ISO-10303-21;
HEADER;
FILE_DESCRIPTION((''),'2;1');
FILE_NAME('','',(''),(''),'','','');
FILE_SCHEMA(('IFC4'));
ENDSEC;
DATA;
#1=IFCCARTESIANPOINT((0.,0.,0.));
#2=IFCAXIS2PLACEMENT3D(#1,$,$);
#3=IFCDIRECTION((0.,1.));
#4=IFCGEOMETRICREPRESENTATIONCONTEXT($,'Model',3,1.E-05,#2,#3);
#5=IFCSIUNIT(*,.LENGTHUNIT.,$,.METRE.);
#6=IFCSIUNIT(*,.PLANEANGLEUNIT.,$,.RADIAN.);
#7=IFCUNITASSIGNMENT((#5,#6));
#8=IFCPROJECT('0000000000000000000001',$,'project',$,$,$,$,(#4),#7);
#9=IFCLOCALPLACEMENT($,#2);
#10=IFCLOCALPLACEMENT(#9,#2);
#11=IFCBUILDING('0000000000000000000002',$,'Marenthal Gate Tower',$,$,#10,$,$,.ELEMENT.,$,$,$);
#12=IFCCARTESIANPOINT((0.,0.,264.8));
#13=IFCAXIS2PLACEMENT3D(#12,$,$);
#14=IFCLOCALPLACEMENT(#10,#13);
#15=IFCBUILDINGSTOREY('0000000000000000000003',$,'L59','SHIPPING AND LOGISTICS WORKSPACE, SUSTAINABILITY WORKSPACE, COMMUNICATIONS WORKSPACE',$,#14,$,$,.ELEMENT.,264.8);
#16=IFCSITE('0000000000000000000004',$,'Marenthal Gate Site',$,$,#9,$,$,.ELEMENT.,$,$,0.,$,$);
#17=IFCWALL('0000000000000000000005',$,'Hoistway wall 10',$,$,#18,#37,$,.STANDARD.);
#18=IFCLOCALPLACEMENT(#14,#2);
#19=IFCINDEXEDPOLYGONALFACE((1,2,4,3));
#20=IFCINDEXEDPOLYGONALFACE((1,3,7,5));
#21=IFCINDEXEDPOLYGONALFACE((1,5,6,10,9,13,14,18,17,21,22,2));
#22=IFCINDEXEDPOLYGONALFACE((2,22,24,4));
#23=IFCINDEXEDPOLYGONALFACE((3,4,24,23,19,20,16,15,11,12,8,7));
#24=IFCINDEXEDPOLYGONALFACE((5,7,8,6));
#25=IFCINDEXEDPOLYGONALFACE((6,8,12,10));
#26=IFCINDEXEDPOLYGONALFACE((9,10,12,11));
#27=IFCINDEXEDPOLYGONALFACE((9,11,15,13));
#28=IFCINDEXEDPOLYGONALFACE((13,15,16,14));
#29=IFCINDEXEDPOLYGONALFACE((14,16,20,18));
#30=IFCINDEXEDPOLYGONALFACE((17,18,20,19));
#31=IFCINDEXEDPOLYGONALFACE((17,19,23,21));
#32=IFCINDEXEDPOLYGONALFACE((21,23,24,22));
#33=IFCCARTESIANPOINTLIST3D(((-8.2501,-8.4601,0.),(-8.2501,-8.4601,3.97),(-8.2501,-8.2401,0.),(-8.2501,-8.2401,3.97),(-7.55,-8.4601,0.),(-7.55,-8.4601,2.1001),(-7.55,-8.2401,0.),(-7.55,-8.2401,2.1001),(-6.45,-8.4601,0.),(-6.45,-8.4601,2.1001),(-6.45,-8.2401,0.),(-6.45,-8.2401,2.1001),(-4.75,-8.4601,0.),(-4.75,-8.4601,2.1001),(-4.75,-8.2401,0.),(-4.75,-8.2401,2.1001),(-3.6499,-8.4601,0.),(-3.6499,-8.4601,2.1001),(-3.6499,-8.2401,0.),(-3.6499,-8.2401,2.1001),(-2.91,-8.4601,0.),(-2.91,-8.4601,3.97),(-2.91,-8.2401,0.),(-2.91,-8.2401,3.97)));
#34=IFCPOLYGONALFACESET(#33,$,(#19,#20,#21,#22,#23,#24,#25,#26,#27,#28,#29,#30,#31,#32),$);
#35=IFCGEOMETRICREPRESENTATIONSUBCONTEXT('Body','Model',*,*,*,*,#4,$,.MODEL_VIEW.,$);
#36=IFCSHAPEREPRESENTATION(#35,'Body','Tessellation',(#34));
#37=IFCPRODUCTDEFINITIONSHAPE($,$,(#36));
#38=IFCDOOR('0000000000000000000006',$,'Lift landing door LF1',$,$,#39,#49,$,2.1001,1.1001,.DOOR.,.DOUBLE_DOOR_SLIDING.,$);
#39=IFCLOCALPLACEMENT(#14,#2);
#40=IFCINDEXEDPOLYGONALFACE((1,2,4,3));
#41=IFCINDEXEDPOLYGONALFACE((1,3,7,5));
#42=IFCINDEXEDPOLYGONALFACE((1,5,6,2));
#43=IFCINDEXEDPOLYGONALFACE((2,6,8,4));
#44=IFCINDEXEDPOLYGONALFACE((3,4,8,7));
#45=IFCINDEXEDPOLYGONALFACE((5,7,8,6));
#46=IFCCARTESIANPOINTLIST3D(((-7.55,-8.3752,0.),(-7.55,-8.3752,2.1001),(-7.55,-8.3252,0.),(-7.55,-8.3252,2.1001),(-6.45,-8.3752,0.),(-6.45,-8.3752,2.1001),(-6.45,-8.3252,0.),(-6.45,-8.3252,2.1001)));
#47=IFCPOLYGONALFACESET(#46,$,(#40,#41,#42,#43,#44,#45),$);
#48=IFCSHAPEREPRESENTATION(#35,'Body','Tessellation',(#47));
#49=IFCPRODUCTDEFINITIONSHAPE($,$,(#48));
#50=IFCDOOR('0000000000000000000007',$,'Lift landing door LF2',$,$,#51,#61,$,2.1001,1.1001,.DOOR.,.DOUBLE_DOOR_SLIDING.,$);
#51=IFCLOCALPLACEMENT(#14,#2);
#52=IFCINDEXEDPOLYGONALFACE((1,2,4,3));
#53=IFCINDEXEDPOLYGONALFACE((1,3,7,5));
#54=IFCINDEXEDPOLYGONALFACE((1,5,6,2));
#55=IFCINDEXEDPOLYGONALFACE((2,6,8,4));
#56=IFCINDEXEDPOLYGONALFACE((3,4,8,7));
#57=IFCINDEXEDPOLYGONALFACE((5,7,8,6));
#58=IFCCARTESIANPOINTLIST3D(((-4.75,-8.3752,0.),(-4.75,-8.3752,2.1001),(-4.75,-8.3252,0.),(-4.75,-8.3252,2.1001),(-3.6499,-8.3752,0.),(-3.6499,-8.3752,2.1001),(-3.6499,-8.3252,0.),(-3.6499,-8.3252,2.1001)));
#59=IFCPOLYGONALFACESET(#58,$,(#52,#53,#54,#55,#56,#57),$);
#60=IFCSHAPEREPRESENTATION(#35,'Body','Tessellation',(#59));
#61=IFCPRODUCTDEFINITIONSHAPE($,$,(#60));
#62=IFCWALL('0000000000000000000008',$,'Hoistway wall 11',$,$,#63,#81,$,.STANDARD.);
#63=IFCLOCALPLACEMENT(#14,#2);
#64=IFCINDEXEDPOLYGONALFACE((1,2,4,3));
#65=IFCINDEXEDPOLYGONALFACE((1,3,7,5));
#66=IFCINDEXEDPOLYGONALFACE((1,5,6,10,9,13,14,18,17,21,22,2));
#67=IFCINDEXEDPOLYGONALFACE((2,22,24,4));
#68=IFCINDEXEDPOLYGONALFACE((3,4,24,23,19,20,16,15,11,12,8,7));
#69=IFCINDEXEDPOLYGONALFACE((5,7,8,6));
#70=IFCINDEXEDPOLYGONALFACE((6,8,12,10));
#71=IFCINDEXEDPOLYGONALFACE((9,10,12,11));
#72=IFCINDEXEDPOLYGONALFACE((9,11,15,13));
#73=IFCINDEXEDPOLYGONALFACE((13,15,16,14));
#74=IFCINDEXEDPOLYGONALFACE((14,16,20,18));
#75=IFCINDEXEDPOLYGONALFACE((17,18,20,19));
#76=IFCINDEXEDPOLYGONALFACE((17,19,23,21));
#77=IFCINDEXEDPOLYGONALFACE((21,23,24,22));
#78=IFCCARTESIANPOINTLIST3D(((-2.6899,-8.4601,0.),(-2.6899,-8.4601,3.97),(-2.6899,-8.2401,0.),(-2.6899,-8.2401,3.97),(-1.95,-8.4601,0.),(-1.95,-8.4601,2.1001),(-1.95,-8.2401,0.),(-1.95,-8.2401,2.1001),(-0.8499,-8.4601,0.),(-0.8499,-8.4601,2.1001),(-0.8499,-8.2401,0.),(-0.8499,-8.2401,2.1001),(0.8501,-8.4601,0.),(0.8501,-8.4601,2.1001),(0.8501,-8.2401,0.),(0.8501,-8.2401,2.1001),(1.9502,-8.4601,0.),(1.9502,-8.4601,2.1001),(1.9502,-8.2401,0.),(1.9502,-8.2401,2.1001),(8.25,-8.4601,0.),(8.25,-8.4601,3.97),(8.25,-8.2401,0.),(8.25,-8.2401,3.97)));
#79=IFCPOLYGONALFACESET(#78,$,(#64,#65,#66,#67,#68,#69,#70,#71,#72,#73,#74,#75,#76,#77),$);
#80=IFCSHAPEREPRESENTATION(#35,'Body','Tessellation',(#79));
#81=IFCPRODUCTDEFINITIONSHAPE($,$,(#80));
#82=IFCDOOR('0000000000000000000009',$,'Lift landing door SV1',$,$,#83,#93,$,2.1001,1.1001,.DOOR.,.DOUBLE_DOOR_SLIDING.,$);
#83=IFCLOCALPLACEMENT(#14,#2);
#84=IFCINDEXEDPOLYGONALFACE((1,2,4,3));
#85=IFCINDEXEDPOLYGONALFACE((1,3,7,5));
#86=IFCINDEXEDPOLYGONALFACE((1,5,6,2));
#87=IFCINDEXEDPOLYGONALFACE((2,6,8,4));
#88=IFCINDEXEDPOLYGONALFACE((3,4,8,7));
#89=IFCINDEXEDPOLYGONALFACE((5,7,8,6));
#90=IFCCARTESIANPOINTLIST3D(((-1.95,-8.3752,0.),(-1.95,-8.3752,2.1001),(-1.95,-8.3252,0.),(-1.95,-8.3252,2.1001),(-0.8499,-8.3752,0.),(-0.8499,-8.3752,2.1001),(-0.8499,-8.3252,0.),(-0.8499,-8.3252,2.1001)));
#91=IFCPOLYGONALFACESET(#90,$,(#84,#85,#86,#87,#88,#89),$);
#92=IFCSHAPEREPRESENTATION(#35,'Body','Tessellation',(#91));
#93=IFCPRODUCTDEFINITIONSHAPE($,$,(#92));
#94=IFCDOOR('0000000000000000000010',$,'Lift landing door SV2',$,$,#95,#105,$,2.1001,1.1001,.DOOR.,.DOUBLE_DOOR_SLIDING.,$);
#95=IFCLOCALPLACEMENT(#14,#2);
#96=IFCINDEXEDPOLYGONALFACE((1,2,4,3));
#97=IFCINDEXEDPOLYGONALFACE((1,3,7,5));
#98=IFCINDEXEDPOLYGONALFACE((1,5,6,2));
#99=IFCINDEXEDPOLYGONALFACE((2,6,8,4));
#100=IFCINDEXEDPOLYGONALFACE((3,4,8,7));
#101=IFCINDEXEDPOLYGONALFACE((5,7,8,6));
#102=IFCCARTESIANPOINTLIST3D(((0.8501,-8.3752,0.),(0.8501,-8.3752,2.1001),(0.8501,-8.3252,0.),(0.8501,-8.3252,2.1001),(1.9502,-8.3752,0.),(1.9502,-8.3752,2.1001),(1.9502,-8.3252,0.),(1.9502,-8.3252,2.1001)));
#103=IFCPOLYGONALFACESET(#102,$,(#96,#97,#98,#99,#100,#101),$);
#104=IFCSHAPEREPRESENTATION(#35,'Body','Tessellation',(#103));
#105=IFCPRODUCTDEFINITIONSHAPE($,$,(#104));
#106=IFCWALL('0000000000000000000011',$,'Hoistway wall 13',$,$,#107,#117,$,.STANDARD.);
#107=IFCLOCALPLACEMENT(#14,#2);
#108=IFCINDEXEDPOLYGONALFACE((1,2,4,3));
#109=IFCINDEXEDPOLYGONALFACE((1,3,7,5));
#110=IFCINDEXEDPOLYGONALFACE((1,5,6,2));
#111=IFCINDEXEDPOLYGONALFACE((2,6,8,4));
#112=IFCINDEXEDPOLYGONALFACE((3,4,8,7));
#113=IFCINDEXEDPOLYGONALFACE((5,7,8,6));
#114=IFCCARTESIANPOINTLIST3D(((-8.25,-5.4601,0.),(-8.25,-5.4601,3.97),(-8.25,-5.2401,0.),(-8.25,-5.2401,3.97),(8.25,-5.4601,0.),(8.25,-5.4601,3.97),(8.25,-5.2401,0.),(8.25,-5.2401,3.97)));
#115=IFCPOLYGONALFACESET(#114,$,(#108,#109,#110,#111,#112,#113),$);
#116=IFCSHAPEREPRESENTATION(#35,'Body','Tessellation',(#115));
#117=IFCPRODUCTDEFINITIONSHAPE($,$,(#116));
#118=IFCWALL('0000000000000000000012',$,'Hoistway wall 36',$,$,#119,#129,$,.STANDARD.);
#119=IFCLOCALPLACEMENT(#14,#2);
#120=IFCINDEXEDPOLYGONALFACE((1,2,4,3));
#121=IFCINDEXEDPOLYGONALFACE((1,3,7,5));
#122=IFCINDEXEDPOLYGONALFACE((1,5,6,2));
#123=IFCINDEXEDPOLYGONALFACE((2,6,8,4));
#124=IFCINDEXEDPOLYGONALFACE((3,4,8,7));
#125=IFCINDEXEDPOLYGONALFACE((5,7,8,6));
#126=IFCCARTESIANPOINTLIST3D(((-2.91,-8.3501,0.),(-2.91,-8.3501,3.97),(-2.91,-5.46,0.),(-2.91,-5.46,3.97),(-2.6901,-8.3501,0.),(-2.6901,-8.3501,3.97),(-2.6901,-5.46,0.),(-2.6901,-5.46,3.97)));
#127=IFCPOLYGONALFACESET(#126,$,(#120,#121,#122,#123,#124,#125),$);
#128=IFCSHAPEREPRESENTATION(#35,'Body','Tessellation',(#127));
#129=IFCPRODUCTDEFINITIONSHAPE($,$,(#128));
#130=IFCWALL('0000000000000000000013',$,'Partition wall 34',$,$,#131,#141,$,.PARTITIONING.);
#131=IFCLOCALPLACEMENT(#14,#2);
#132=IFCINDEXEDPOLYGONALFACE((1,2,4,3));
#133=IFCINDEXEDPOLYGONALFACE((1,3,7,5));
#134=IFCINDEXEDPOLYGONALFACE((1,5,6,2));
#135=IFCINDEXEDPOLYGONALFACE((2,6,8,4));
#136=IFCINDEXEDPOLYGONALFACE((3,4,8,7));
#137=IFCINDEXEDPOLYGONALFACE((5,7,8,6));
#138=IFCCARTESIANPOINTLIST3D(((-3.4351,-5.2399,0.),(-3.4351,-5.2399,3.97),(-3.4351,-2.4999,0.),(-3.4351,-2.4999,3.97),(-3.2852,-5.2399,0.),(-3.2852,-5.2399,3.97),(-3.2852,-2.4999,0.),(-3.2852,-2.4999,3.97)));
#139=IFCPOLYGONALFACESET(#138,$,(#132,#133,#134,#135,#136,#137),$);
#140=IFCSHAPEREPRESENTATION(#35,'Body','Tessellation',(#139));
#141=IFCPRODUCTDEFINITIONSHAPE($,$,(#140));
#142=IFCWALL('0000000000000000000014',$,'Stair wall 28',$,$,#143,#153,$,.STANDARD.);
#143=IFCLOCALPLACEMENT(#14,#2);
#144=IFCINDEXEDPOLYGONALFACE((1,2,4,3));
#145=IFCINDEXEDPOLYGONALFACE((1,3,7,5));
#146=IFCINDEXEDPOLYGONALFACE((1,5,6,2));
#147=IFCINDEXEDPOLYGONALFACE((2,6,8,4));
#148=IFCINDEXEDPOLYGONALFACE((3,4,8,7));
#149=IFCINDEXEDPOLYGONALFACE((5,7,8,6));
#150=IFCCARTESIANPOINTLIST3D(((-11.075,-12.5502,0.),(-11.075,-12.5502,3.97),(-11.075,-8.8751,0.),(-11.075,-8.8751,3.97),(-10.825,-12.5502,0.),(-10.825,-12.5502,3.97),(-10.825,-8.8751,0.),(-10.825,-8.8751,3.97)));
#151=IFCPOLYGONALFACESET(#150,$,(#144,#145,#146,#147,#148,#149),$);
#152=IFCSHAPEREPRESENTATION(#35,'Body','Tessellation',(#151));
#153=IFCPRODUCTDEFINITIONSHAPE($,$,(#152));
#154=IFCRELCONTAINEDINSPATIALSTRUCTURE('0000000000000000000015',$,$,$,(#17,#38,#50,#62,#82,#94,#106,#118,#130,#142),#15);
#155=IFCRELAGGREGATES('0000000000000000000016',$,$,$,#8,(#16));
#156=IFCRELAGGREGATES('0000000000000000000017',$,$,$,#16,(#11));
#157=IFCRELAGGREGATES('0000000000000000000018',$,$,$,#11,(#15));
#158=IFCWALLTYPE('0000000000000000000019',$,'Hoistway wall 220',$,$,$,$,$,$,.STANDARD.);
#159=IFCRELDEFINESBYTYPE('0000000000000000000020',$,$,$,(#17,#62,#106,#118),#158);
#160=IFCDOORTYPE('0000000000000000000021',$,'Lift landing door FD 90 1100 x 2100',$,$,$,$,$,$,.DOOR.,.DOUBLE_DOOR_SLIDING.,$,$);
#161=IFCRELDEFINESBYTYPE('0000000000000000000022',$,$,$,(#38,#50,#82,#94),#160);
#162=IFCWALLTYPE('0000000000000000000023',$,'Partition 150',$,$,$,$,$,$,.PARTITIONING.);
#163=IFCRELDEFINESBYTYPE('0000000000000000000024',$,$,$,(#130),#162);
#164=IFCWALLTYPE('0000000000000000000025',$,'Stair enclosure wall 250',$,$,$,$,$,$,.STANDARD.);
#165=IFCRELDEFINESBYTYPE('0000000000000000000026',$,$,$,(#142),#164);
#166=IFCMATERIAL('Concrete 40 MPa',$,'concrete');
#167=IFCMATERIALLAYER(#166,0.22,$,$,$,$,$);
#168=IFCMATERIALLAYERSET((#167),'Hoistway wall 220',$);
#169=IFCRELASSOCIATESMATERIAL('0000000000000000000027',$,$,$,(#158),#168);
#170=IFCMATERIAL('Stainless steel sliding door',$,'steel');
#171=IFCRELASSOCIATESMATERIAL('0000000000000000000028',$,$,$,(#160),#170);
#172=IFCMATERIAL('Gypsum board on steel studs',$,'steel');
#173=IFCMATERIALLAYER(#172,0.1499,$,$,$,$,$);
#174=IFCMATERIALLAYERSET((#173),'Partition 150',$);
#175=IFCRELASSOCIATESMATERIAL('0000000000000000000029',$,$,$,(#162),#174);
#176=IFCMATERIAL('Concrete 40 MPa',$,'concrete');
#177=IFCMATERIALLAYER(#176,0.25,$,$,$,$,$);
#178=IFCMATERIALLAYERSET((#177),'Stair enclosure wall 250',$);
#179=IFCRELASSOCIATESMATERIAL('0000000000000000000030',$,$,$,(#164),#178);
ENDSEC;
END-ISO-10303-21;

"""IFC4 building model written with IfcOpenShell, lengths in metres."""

from ifc_helpers import new_model, si_unit, direction, frame, frame_2d, origin, place, context, subcontext, project, spatial, rectangle, extrude, material, layer, layer_set, type_object, element, fill, save


model = new_model("IFC4")

# Units and contexts
model_context = context("Model", 3, precision=1e-05, world=origin(), true_north=direction((0.0, 1.0)))
body_context = subcontext(model_context, "Body", "Model", "MODEL_VIEW")
ifc_project = project(units=[si_unit("LENGTHUNIT", "METRE"), si_unit("PLANEANGLEUNIT", "RADIAN")], contexts=[model_context])

# Site, building, storey
site_placement = place(None, origin())
site = spatial("IfcSite", under=ifc_project, at=site_placement, Name="Marenthal Gate Site", CompositionType="ELEMENT", RefElevation=0.0)
building_placement = place(site_placement, origin())
building = spatial("IfcBuilding", under=site, at=building_placement, Name="Marenthal Gate Tower", CompositionType="ELEMENT")
storey_placement = place(building_placement, frame((0.0, 0.0, 264.8)))
storey = spatial("IfcBuildingStorey", under=building, at=storey_placement, Name="L59", Description="SHIPPING AND LOGISTICS WORKSPACE, SUSTAINABILITY WORKSPACE, COMMUNICATIONS WORKSPACE", CompositionType="ELEMENT", Elevation=264.8)

# Walls, openings, doors
ifc_material_1 = material(Name="Concrete 40 MPa", Category="concrete")
ifc_layer_1 = layer(ifc_material_1, 0.22)
ifc_layer_set_1 = layer_set([ifc_layer_1], Name="Hoistway wall 220")
wall_type_1 = type_object("IfcWallType", Name="Hoistway wall 220", PredefinedType="STANDARD", material=ifc_layer_set_1)
wall_1_placement = place(storey_placement, frame((-8.25, -8.3501, 0.0), z_axis=(0.0, 0.0, 1.0), x_axis=(1.0, 0.0, 0.0)))
wall_1 = element("IfcWall", 1, at=wall_1_placement, inside=storey, type_object=wall_type_1, Name="Hoistway wall 10", PredefinedType="STANDARD", context=body_context, shape_type="SweptSolid", body=[
    extrude(rectangle(XDim=5.3401, YDim=0.22, at=frame_2d((2.6699, 0.0))), origin(), (0.0, 0.0, 1.0), 3.97),
])
opening_1_placement = place(wall_1_placement, frame((0.7, 0.0, 0.0)))
opening_1 = element("IfcOpeningElement", 2, at=opening_1_placement, cuts=wall_1, PredefinedType="OPENING", context=body_context, shape_type="SweptSolid", body=[
    extrude(rectangle(XDim=1.1001, YDim=2.1001, at=frame_2d((0.55, 1.05))), frame((0.0, 0.1201, 0.0), z_axis=(0.0, -1.0, 0.0), x_axis=(1.0, 0.0, 0.0)), (0.0, 0.0, 1.0), 0.24),
])
opening_2_placement = place(wall_1_placement, frame((3.5, 0.0, 0.0)))
opening_2 = element("IfcOpeningElement", 3, at=opening_2_placement, cuts=wall_1, PredefinedType="OPENING", context=body_context, shape_type="SweptSolid", body=[
    extrude(rectangle(XDim=1.1001, YDim=2.1001, at=frame_2d((0.55, 1.05))), frame((0.0, 0.1201, 0.0), z_axis=(0.0, -1.0, 0.0), x_axis=(1.0, 0.0, 0.0)), (0.0, 0.0, 1.0), 0.24),
])
ifc_material_2 = material(Name="Stainless steel sliding door", Category="steel")
door_type_1 = type_object("IfcDoorType", Name="Lift landing door FD 90 1100 x 2100", OperationType="DOUBLE_DOOR_SLIDING", PredefinedType="DOOR", material=ifc_material_2)
door_1_placement = place(opening_1_placement, origin())
door_1 = element("IfcDoor", 4, at=door_1_placement, inside=storey, type_object=door_type_1, Name="Lift landing door LF1", OperationType="DOUBLE_DOOR_SLIDING", OverallHeight=2.1001, OverallWidth=1.1001, PredefinedType="DOOR", context=body_context, shape_type="SweptSolid", body=[
    extrude(rectangle(XDim=1.1001, YDim=2.1001, at=frame_2d((0.55, 1.05))), frame((0.0, 0.0249, 0.0), z_axis=(0.0, -1.0, 0.0), x_axis=(1.0, 0.0, 0.0)), (0.0, 0.0, 1.0), 0.05),
])
fill(opening_1, door_1)
door_2_placement = place(opening_2_placement, origin())
door_2 = element("IfcDoor", 5, at=door_2_placement, inside=storey, type_object=door_type_1, Name="Lift landing door LF2", OperationType="DOUBLE_DOOR_SLIDING", OverallHeight=2.1001, OverallWidth=1.1001, PredefinedType="DOOR", context=body_context, shape_type="SweptSolid", body=[
    extrude(rectangle(XDim=1.1001, YDim=2.1001, at=frame_2d((0.55, 1.05))), frame((0.0, 0.0249, 0.0), z_axis=(0.0, -1.0, 0.0), x_axis=(1.0, 0.0, 0.0)), (0.0, 0.0, 1.0), 0.05),
])
fill(opening_2, door_2)
wall_2_placement = place(storey_placement, frame((-2.6899, -8.3501, 0.0), z_axis=(0.0, 0.0, 1.0), x_axis=(1.0, 0.0, 0.0)))
wall_2 = element("IfcWall", 6, at=wall_2_placement, inside=storey, type_object=wall_type_1, Name="Hoistway wall 11", PredefinedType="STANDARD", context=body_context, shape_type="SweptSolid", body=[
    extrude(rectangle(XDim=10.9399, YDim=0.22, at=frame_2d((5.47, 0.0))), origin(), (0.0, 0.0, 1.0), 3.97),
])
opening_3_placement = place(wall_2_placement, frame((0.74, 0.0, 0.0)))
opening_3 = element("IfcOpeningElement", 7, at=opening_3_placement, cuts=wall_2, PredefinedType="OPENING", context=body_context, shape_type="SweptSolid", body=[
    extrude(rectangle(XDim=1.1001, YDim=2.1001, at=frame_2d((0.55, 1.05))), frame((0.0, 0.1201, 0.0), z_axis=(0.0, -1.0, 0.0), x_axis=(1.0, 0.0, 0.0)), (0.0, 0.0, 1.0), 0.24),
])
opening_4_placement = place(wall_2_placement, frame((3.54, 0.0, 0.0)))
opening_4 = element("IfcOpeningElement", 8, at=opening_4_placement, cuts=wall_2, PredefinedType="OPENING", context=body_context, shape_type="SweptSolid", body=[
    extrude(rectangle(XDim=1.1001, YDim=2.1001, at=frame_2d((0.55, 1.05))), frame((0.0, 0.1201, 0.0), z_axis=(0.0, -1.0, 0.0), x_axis=(1.0, 0.0, 0.0)), (0.0, 0.0, 1.0), 0.24),
])
door_3_placement = place(opening_3_placement, origin())
door_3 = element("IfcDoor", 9, at=door_3_placement, inside=storey, type_object=door_type_1, Name="Lift landing door SV1", OperationType="DOUBLE_DOOR_SLIDING", OverallHeight=2.1001, OverallWidth=1.1001, PredefinedType="DOOR", context=body_context, shape_type="SweptSolid", body=[
    extrude(rectangle(XDim=1.1001, YDim=2.1001, at=frame_2d((0.55, 1.05))), frame((0.0, 0.0249, 0.0), z_axis=(0.0, -1.0, 0.0), x_axis=(1.0, 0.0, 0.0)), (0.0, 0.0, 1.0), 0.05),
])
fill(opening_3, door_3)
door_4_placement = place(opening_4_placement, origin())
door_4 = element("IfcDoor", 10, at=door_4_placement, inside=storey, type_object=door_type_1, Name="Lift landing door SV2", OperationType="DOUBLE_DOOR_SLIDING", OverallHeight=2.1001, OverallWidth=1.1001, PredefinedType="DOOR", context=body_context, shape_type="SweptSolid", body=[
    extrude(rectangle(XDim=1.1001, YDim=2.1001, at=frame_2d((0.55, 1.05))), frame((0.0, 0.0249, 0.0), z_axis=(0.0, -1.0, 0.0), x_axis=(1.0, 0.0, 0.0)), (0.0, 0.0, 1.0), 0.05),
])
fill(opening_4, door_4)

# Walls
wall_3_placement = place(storey_placement, frame((-8.25, -5.3501, 0.0), z_axis=(0.0, 0.0, 1.0), x_axis=(1.0, 0.0, 0.0)))
element("IfcWall", 11, at=wall_3_placement, inside=storey, type_object=wall_type_1, Name="Hoistway wall 13", PredefinedType="STANDARD", context=body_context, shape_type="SweptSolid", body=[
    extrude(rectangle(XDim=16.5, YDim=0.22, at=frame_2d((8.25, 0.0))), origin(), (0.0, 0.0, 1.0), 3.97),
])
wall_4_placement = place(storey_placement, frame((-2.8, -8.3501, 0.0), z_axis=(0.0, 0.0, 1.0), x_axis=(0.0, 1.0, 0.0)))
element("IfcWall", 12, at=wall_4_placement, inside=storey, type_object=wall_type_1, Name="Hoistway wall 36", PredefinedType="STANDARD", context=body_context, shape_type="SweptSolid", body=[
    extrude(rectangle(XDim=2.8901, YDim=0.22, at=frame_2d((1.4451, 0.0))), origin(), (0.0, 0.0, 1.0), 3.97),
])
ifc_material_3 = material(Name="Gypsum board on steel studs", Category="steel")
ifc_layer_2 = layer(ifc_material_3, 0.1499)
ifc_layer_set_2 = layer_set([ifc_layer_2], Name="Partition 150")
wall_type_2 = type_object("IfcWallType", Name="Partition 150", PredefinedType="PARTITIONING", material=ifc_layer_set_2)
wall_5_placement = place(storey_placement, frame((-3.3601, -5.24, 0.0), z_axis=(0.0, 0.0, 1.0), x_axis=(0.0, 1.0, 0.0)))
element("IfcWall", 13, at=wall_5_placement, inside=storey, type_object=wall_type_2, Name="Partition wall 34", PredefinedType="PARTITIONING", context=body_context, shape_type="SweptSolid", body=[
    extrude(rectangle(XDim=2.74, YDim=0.1499, at=frame_2d((1.3701, 0.0))), origin(), (0.0, 0.0, 1.0), 3.97),
])
ifc_material_4 = material(Name="Concrete 40 MPa", Category="concrete")
ifc_layer_3 = layer(ifc_material_4, 0.25)
ifc_layer_set_3 = layer_set([ifc_layer_3], Name="Stair enclosure wall 250")
wall_type_3 = type_object("IfcWallType", Name="Stair enclosure wall 250", PredefinedType="STANDARD", material=ifc_layer_set_3)
wall_6_placement = place(storey_placement, frame((-10.95, -12.55, 0.0), z_axis=(0.0, 0.0, 1.0), x_axis=(0.0, 1.0, 0.0)))
element("IfcWall", 14, at=wall_6_placement, inside=storey, type_object=wall_type_3, Name="Stair wall 28", PredefinedType="STANDARD", context=body_context, shape_type="SweptSolid", body=[
    extrude(rectangle(XDim=3.675, YDim=0.25, at=frame_2d((1.8374, 0.0))), origin(), (0.0, 0.0, 1.0), 3.97),
])

save(model, "model.ifc")
